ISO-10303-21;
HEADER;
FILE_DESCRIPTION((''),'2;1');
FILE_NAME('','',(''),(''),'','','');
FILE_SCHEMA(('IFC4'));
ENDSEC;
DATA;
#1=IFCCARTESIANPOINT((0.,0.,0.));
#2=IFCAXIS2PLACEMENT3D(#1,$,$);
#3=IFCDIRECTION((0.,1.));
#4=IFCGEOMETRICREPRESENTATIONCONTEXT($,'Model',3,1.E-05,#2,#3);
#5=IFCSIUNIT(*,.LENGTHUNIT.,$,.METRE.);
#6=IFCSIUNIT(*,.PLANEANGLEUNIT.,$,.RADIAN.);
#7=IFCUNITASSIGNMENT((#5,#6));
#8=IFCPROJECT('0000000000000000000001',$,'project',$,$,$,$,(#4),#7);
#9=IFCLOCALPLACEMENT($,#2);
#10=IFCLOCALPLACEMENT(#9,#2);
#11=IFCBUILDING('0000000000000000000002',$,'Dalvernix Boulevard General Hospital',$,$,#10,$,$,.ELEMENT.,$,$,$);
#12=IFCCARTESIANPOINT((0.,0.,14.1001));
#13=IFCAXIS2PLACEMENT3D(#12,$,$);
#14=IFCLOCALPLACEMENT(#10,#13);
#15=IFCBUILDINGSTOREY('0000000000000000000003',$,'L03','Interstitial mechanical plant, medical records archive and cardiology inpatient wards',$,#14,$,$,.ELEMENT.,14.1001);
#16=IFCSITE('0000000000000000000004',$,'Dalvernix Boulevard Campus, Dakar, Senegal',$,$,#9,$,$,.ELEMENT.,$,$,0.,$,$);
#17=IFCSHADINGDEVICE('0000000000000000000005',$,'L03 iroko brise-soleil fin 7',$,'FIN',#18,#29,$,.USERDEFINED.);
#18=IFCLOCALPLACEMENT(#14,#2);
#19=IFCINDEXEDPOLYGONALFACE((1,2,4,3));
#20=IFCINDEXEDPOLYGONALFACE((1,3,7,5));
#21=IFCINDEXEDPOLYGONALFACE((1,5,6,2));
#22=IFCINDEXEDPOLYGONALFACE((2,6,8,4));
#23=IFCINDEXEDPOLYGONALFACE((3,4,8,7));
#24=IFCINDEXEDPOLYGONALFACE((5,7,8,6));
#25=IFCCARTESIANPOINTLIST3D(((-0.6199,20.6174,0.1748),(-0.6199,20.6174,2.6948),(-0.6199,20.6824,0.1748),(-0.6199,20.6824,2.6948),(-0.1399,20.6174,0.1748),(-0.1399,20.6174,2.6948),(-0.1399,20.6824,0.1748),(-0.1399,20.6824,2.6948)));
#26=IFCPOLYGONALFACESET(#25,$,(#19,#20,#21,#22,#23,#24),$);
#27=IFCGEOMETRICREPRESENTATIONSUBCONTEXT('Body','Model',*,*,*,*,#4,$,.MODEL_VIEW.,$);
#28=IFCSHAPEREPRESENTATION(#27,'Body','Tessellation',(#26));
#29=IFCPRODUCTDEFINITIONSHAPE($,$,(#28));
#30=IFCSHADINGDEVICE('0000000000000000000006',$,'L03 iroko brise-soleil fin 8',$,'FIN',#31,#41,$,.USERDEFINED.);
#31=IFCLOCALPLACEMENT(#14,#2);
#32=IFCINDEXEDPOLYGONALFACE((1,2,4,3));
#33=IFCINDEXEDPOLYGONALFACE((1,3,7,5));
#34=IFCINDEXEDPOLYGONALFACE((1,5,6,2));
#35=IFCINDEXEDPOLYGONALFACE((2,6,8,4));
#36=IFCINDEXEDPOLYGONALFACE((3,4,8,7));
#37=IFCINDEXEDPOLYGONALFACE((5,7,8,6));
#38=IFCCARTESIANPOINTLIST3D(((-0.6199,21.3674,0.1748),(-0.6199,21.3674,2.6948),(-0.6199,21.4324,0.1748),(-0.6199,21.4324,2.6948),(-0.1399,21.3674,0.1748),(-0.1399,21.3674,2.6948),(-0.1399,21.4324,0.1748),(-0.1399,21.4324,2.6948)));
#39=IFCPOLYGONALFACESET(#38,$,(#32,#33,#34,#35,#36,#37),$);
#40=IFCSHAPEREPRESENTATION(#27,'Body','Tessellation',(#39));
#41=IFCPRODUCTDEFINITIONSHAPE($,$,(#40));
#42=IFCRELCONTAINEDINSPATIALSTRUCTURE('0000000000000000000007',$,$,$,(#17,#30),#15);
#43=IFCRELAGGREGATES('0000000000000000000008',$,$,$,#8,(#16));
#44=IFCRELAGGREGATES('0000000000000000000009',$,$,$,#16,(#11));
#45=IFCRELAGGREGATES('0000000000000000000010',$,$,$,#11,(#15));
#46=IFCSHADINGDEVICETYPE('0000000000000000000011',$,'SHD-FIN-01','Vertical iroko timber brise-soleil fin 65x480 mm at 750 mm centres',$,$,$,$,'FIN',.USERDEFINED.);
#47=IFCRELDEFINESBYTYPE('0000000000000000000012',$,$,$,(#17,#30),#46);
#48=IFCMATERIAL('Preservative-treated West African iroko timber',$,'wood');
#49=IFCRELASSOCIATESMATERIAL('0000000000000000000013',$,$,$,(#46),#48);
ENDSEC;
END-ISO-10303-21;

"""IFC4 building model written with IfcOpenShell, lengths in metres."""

from ifc_helpers import new_model, si_unit, direction, frame, origin, origin_2d, place, context, subcontext, project, spatial, rectangle, extrude, material, type_object, element, save


model = new_model("IFC4")

# Units and contexts
model_context = context("Model", 3, precision=1e-05, world=origin(), true_north=direction((0.0, 1.0)))
body_context = subcontext(model_context, "Body", "Model", "MODEL_VIEW")
ifc_project = project(units=[si_unit("LENGTHUNIT", "METRE"), si_unit("PLANEANGLEUNIT", "RADIAN")], contexts=[model_context])

# Site, building, storey
site_placement = place(None, origin())
site = spatial("IfcSite", under=ifc_project, at=site_placement, Name="Dalvernix Boulevard Campus, Dakar, Senegal", CompositionType="ELEMENT", RefElevation=0.0)
building_placement = place(site_placement, origin())
building = spatial("IfcBuilding", under=site, at=building_placement, Name="Dalvernix Boulevard General Hospital", CompositionType="ELEMENT")
storey_placement = place(building_placement, frame((0.0, 0.0, 14.1001)))
storey = spatial("IfcBuildingStorey", under=building, at=storey_placement, Name="L03", Description="Interstitial mechanical plant, medical records archive and cardiology inpatient wards", CompositionType="ELEMENT", Elevation=14.1001)

# Shading devices
ifc_material_1 = material(Name="Preservative-treated West African iroko timber", Category="wood")
shading_device_type = type_object("IfcShadingDeviceType", Name="SHD-FIN-01", Description="Vertical iroko timber brise-soleil fin 65x480 mm at 750 mm centres", ElementType="FIN", PredefinedType="USERDEFINED", material=ifc_material_1)
for number, where, z_axis, x_axis, name in (
    (1, (-0.3799, 20.6499, 0.1748), (0.0, 0.0, 1.0), (0.0, 1.0, 0.0), "L03 iroko brise-soleil fin 7"),
    (2, (-0.3799, 21.3999, 0.1748), (0.0, 0.0, 1.0), (0.0, 1.0, 0.0), "L03 iroko brise-soleil fin 8"),
):
    element("IfcShadingDevice", number, at=place(storey_placement, frame(where, z_axis=z_axis, x_axis=x_axis)), inside=storey, type_object=shading_device_type, Name=name, ObjectType="FIN", PredefinedType="USERDEFINED", context=body_context, shape_type="SweptSolid", body=[
        extrude(rectangle(XDim=0.0649, YDim=0.48, at=origin_2d()), origin(), (0.0, 0.0, 1.0), 2.52),
    ])

save(model, "model.ifc")
